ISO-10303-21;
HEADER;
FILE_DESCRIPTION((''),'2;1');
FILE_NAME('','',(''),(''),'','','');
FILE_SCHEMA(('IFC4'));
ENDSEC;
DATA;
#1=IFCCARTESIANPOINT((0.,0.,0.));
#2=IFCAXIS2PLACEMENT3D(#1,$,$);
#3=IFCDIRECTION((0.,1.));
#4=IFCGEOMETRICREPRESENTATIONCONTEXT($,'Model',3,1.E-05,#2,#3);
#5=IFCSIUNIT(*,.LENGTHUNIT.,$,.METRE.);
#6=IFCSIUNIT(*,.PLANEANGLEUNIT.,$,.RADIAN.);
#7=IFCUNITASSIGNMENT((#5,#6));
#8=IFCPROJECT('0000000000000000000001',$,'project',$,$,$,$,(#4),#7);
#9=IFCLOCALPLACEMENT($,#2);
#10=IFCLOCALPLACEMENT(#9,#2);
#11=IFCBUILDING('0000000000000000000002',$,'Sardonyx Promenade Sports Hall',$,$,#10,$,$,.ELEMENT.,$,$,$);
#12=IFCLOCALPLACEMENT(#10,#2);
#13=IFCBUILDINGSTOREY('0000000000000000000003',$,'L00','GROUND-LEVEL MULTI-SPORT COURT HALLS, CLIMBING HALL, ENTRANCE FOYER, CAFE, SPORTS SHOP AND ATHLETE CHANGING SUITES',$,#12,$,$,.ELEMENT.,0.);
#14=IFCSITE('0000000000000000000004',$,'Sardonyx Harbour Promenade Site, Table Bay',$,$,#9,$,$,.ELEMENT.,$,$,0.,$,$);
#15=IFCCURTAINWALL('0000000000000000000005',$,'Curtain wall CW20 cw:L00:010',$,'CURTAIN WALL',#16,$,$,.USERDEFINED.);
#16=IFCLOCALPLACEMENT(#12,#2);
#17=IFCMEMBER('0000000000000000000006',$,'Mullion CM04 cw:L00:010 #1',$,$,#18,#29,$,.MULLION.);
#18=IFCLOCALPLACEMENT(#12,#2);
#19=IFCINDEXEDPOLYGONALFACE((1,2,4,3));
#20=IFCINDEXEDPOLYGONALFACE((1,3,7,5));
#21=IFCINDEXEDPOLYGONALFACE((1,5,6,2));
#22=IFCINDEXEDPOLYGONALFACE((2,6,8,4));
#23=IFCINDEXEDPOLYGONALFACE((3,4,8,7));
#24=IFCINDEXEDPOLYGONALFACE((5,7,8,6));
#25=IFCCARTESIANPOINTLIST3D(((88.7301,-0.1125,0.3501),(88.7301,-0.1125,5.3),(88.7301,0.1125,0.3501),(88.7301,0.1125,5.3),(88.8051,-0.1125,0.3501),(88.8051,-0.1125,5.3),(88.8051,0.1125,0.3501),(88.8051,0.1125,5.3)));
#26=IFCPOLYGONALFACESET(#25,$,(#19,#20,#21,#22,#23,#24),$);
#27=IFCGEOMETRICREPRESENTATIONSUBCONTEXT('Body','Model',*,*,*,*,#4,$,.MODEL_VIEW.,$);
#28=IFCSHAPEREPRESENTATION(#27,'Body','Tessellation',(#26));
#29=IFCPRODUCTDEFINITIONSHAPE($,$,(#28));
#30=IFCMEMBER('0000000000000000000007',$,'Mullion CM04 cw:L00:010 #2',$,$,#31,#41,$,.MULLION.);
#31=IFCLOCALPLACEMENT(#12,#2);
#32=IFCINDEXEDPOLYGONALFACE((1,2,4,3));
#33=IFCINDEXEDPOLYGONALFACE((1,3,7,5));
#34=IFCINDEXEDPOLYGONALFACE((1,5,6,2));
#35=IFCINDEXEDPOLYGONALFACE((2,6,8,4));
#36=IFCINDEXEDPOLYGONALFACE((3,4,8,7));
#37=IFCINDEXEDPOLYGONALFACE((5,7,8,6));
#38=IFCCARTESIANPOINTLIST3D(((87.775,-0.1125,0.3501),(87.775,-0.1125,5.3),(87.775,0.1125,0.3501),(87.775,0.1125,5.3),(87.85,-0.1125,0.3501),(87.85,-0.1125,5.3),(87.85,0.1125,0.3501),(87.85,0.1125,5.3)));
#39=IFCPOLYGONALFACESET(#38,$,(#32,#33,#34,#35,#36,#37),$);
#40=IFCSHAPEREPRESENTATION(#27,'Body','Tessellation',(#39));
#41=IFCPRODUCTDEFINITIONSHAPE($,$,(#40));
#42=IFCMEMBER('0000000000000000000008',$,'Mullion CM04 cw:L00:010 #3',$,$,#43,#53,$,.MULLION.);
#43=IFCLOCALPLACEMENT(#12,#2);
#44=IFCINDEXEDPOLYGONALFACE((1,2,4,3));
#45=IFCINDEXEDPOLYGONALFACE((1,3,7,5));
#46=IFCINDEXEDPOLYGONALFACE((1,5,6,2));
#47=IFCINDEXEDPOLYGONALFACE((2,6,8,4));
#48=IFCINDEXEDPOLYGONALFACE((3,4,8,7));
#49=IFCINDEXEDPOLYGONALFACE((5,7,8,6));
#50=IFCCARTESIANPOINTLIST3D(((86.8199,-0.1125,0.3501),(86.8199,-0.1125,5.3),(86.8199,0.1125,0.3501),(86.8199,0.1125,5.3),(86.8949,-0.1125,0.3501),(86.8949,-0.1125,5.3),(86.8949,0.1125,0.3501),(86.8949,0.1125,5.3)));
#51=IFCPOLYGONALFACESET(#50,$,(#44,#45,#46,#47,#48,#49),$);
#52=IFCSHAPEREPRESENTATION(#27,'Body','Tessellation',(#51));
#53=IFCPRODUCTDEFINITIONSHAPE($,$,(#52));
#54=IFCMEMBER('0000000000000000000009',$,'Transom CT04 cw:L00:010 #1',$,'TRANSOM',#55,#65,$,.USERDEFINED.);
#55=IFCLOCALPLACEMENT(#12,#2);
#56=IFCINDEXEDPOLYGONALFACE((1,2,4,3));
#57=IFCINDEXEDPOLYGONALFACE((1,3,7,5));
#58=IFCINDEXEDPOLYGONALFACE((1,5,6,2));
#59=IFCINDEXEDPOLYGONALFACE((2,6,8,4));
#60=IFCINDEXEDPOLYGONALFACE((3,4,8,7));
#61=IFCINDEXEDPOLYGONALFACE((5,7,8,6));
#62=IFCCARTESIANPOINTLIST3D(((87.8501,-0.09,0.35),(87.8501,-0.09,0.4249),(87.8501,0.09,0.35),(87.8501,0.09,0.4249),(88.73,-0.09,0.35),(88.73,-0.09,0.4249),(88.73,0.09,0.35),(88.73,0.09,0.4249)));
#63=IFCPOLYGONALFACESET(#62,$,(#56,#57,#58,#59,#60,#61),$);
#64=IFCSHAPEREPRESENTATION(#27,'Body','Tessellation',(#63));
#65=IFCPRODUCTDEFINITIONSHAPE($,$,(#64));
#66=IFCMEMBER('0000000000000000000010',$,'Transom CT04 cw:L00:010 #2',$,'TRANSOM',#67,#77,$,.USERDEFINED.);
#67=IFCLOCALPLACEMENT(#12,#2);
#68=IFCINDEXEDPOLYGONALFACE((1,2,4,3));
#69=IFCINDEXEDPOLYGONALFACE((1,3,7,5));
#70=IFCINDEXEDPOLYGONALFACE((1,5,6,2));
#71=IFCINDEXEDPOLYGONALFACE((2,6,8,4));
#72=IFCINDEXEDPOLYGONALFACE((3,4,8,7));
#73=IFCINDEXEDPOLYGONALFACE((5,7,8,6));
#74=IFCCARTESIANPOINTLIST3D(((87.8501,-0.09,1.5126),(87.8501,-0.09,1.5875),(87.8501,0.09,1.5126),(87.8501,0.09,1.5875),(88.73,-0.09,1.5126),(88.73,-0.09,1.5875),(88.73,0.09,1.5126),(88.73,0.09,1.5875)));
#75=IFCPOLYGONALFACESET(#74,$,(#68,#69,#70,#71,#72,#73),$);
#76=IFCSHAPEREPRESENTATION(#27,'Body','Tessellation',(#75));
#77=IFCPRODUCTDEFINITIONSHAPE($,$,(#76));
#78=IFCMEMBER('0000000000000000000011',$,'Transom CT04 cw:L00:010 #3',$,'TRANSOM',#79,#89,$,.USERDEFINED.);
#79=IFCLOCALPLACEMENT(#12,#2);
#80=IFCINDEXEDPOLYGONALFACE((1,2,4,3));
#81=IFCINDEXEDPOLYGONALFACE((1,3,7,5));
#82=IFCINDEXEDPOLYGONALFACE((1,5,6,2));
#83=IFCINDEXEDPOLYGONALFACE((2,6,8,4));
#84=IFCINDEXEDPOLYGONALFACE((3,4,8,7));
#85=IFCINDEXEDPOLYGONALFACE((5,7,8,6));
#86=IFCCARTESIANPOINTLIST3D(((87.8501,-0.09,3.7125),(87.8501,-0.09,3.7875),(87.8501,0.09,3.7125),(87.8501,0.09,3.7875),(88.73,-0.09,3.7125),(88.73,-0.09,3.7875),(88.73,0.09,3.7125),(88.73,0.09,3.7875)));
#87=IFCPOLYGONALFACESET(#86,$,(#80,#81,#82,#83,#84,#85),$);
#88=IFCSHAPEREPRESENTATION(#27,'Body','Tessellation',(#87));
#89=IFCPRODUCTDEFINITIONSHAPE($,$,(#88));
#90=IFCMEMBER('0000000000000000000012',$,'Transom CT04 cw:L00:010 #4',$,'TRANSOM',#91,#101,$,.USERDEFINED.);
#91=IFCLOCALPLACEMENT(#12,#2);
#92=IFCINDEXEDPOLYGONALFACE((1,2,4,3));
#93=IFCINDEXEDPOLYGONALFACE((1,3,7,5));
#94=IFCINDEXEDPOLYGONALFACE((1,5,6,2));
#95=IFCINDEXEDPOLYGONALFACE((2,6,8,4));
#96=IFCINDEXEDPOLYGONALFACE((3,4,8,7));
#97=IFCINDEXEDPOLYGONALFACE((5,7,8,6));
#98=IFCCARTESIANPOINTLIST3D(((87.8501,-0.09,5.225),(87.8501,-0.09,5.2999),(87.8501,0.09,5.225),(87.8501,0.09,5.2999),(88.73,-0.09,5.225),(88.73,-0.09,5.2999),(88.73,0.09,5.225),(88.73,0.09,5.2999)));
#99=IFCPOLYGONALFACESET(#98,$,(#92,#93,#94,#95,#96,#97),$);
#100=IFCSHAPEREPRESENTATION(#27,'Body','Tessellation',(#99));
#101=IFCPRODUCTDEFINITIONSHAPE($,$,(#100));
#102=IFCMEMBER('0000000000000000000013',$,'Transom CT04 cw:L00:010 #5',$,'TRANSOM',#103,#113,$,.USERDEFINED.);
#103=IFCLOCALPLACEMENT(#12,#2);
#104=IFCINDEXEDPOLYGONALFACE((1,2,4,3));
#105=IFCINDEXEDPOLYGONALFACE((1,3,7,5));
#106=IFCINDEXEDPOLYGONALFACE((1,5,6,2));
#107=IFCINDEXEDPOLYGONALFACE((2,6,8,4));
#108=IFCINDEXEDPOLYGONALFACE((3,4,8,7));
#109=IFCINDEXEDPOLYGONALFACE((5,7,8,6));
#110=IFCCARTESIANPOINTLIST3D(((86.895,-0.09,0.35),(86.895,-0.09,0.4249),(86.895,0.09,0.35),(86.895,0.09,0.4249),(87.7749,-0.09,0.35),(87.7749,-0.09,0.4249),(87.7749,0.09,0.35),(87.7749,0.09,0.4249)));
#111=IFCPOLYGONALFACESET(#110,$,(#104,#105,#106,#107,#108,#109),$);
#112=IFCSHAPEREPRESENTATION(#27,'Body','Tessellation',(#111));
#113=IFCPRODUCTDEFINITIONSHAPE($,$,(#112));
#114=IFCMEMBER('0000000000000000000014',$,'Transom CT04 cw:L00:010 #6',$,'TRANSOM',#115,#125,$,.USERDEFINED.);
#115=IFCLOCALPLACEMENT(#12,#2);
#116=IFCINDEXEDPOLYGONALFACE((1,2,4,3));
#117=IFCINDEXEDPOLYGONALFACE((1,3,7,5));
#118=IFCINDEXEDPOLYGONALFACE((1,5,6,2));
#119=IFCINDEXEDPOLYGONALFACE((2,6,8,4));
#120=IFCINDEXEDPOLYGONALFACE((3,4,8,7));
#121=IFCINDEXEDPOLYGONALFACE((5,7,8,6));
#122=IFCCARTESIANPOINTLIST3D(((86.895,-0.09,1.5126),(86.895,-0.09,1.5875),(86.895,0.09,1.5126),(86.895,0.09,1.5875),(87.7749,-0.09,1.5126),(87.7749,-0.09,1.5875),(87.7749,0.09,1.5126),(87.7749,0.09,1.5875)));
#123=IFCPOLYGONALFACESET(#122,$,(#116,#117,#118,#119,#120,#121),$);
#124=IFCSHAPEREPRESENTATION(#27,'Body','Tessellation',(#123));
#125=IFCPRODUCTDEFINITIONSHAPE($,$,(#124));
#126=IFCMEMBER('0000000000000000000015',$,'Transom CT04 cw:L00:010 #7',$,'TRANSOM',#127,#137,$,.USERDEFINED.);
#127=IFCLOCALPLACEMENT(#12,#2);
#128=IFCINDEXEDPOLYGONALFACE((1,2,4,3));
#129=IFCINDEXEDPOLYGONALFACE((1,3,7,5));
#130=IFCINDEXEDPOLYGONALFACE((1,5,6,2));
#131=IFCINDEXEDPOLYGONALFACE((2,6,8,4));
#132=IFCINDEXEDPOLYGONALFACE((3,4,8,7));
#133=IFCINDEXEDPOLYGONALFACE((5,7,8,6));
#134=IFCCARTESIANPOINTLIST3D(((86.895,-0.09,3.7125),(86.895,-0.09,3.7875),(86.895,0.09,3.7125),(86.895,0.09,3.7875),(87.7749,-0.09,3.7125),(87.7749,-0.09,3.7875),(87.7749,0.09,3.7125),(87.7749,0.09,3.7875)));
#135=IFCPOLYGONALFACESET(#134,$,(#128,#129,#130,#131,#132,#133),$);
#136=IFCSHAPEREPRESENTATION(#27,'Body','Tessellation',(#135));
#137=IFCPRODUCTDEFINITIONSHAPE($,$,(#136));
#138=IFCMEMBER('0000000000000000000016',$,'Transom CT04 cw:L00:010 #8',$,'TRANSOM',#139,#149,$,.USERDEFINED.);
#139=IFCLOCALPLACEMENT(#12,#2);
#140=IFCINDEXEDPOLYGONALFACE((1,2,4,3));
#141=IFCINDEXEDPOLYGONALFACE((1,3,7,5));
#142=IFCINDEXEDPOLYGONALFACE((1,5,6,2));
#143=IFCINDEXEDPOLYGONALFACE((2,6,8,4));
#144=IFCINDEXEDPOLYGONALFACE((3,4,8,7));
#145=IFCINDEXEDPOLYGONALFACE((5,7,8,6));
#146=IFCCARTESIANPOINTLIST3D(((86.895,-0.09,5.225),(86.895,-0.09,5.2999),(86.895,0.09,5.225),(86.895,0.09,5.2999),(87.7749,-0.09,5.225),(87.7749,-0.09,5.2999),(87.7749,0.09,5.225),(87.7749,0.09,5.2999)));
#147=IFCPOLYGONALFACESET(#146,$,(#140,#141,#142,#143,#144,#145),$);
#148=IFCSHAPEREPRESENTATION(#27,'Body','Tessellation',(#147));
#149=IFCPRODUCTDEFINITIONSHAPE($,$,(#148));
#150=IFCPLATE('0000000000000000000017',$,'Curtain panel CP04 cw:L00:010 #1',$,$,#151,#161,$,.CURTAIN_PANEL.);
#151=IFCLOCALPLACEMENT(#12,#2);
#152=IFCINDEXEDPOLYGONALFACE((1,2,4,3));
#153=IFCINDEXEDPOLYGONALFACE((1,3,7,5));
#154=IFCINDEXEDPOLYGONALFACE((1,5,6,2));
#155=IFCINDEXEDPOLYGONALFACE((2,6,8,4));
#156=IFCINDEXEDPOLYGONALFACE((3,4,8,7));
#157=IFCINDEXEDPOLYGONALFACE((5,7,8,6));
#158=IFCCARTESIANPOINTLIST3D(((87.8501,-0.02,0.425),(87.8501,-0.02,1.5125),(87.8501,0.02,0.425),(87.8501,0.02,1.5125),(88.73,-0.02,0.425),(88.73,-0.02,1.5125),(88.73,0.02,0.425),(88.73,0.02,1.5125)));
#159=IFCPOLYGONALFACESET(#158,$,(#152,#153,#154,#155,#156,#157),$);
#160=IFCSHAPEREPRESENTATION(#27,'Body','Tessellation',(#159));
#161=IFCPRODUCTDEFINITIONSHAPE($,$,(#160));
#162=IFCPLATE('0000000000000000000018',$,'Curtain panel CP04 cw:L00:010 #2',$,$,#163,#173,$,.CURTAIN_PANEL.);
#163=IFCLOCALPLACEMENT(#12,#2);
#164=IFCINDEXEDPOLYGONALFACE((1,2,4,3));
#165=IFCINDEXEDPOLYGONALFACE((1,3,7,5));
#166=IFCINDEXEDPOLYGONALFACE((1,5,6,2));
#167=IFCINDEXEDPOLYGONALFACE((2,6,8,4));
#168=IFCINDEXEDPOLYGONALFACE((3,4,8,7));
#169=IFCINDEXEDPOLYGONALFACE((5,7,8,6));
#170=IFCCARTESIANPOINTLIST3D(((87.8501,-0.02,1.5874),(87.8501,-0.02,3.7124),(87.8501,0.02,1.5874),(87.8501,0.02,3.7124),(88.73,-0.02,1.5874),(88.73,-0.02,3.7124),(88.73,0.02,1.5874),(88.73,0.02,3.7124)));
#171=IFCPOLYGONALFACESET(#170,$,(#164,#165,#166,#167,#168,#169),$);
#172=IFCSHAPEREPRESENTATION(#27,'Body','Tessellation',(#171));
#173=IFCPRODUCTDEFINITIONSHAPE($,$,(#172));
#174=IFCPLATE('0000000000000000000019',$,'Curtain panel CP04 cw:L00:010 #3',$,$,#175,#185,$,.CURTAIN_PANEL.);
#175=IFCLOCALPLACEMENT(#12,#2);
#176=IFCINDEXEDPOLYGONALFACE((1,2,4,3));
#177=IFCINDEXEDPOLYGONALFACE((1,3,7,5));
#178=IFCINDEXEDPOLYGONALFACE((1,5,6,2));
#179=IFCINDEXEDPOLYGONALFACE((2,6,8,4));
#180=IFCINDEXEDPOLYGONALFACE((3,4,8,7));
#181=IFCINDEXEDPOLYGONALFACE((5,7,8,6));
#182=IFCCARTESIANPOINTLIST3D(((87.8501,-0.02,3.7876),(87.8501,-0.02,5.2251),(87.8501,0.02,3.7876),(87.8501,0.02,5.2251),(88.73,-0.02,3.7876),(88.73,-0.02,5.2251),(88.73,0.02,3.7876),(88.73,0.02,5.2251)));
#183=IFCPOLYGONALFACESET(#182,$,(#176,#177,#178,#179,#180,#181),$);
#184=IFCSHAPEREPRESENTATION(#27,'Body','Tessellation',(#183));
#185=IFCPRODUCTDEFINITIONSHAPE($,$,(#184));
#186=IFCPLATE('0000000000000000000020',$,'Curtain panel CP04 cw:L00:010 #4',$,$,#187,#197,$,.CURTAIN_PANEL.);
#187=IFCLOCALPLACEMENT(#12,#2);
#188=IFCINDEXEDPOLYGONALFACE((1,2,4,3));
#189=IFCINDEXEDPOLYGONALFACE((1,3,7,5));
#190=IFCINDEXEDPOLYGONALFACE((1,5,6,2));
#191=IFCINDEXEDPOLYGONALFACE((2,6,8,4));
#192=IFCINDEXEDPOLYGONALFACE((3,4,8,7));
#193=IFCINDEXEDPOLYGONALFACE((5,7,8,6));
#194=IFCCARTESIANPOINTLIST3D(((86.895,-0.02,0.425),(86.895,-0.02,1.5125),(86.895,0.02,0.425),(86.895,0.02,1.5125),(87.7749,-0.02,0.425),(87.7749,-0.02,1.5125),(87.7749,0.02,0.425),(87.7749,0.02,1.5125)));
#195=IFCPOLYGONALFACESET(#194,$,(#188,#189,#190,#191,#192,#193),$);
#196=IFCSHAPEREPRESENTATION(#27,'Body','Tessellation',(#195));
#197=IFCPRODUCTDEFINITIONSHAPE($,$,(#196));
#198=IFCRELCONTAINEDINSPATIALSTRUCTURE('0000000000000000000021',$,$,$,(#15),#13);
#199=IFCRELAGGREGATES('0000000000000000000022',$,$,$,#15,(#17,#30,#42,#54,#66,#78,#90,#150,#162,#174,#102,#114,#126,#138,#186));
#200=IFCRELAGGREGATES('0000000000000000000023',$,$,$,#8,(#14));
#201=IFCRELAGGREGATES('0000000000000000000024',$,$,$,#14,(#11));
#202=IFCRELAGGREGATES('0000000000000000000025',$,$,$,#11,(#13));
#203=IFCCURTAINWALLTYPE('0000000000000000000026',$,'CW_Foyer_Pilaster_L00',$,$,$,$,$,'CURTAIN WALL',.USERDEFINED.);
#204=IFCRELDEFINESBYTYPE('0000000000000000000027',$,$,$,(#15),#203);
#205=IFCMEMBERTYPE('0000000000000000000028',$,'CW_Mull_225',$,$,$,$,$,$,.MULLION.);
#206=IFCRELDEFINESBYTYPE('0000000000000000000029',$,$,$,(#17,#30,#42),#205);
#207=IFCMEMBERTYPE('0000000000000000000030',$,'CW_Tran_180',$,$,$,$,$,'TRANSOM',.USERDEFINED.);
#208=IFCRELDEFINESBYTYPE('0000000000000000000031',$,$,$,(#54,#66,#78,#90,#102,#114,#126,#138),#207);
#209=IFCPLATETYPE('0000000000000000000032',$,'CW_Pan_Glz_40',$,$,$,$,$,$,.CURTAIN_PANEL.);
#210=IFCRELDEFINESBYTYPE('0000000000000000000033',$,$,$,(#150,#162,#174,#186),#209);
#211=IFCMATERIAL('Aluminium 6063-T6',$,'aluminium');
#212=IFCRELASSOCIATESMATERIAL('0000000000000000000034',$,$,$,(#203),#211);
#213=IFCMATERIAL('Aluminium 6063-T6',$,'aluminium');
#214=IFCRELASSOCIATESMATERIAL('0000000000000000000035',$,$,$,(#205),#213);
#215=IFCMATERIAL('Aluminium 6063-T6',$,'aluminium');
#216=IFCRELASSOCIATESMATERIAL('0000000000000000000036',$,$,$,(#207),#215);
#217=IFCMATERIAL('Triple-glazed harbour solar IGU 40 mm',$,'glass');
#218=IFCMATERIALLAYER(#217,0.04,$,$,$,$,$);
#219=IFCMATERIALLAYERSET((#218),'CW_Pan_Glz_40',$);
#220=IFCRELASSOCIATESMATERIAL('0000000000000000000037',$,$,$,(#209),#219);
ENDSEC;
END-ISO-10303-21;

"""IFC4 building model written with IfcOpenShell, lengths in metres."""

from ifc_helpers import new_model, si_unit, direction, frame, origin, origin_2d, place, context, subcontext, project, spatial, rectangle, extrude, material, layer, layer_set, material_profile, profile_set, type_object, element, aggregate, save


model = new_model("IFC4")

# Units and contexts
model_context = context("Model", 3, precision=1e-05, world=origin(), true_north=direction((0.0, 1.0)))
body_context = subcontext(model_context, "Body", "Model", "MODEL_VIEW")
ifc_project = project(units=[si_unit("LENGTHUNIT", "METRE"), si_unit("PLANEANGLEUNIT", "RADIAN")], contexts=[model_context])

# Site, building, storey
site_placement = place(None, origin())
site = spatial("IfcSite", under=ifc_project, at=site_placement, Name="Sardonyx Harbour Promenade Site, Table Bay", CompositionType="ELEMENT", RefElevation=0.0)
building_placement = place(site_placement, origin())
building = spatial("IfcBuilding", under=site, at=building_placement, Name="Sardonyx Promenade Sports Hall", CompositionType="ELEMENT")
storey_placement = place(building_placement, origin())
storey = spatial("IfcBuildingStorey", under=building, at=storey_placement, Name="L00", Description="GROUND-LEVEL MULTI-SPORT COURT HALLS, CLIMBING HALL, ENTRANCE FOYER, CAFE, SPORTS SHOP AND ATHLETE CHANGING SUITES", CompositionType="ELEMENT", Elevation=0.0)

# Curtain wall, members, plates
ifc_material_1 = material(Name="Aluminium 6063-T6", Category="aluminium")
curtain_wall_type = type_object("IfcCurtainWallType", Name="CW_Foyer_Pilaster_L00", ElementType="CURTAIN WALL", PredefinedType="USERDEFINED", material=ifc_material_1)
curtain_wall_placement = place(storey_placement, origin())
curtain_wall = element("IfcCurtainWall", 1, at=curtain_wall_placement, inside=storey, type_object=curtain_wall_type, Name="Curtain wall CW20 cw:L00:010", ObjectType="CURTAIN WALL", PredefinedType="USERDEFINED")
ifc_material_2 = material(Name="Aluminium 6063-T6", Category="aluminium")
ifc_material_profile_1 = material_profile(ifc_material_2, rectangle(XDim=0.075, YDim=0.2251, at=origin_2d()))
ifc_profile_set_1 = profile_set([ifc_material_profile_1], Name="Aluminium 6063-T6")
member_type_1 = type_object("IfcMemberType", Name="CW_Mull_225", PredefinedType="MULLION", material=ifc_profile_set_1)
member_1_placement = place(storey_placement, frame((88.7676, 0.0, 0.3501), z_axis=(0.0, 0.0, 1.0), x_axis=(-1.0, 0.0, 0.0)))
member_1 = element("IfcMember", 2, at=member_1_placement, type_object=member_type_1, Name="Mullion CM04 cw:L00:010 #1", PredefinedType="MULLION", context=body_context, shape_type="SweptSolid", body=[
    extrude(rectangle(XDim=0.075, YDim=0.2251, at=origin_2d()), origin(), (0.0, 0.0, 1.0), 4.95),
])
member_2_placement = place(storey_placement, frame((87.8125, 0.0, 0.3501), z_axis=(0.0, 0.0, 1.0), x_axis=(-1.0, 0.0, 0.0)))
member_2 = element("IfcMember", 3, at=member_2_placement, type_object=member_type_1, Name="Mullion CM04 cw:L00:010 #2", PredefinedType="MULLION", context=body_context, shape_type="SweptSolid", body=[
    extrude(rectangle(XDim=0.075, YDim=0.2251, at=origin_2d()), origin(), (0.0, 0.0, 1.0), 4.95),
])
member_3_placement = place(storey_placement, frame((86.8574, 0.0, 0.3501), z_axis=(0.0, 0.0, 1.0), x_axis=(-1.0, 0.0, 0.0)))
member_3 = element("IfcMember", 4, at=member_3_placement, type_object=member_type_1, Name="Mullion CM04 cw:L00:010 #3", PredefinedType="MULLION", context=body_context, shape_type="SweptSolid", body=[
    extrude(rectangle(XDim=0.075, YDim=0.2251, at=origin_2d()), origin(), (0.0, 0.0, 1.0), 4.95),
])
ifc_material_3 = material(Name="Aluminium 6063-T6", Category="aluminium")
ifc_material_profile_2 = material_profile(ifc_material_3, rectangle(XDim=0.075, YDim=0.1799, at=origin_2d()))
ifc_profile_set_2 = profile_set([ifc_material_profile_2], Name="Aluminium 6063-T6")
member_type_2 = type_object("IfcMemberType", Name="CW_Tran_180", ElementType="TRANSOM", PredefinedType="USERDEFINED", material=ifc_profile_set_2)
member_4_placement = place(storey_placement, frame((88.73, 0.0, 0.3875), z_axis=(-1.0, 0.0, 0.0), x_axis=(0.0, 0.0, 1.0)))
member_4 = element("IfcMember", 5, at=member_4_placement, type_object=member_type_2, Name="Transom CT04 cw:L00:010 #1", ObjectType="TRANSOM", PredefinedType="USERDEFINED", context=body_context, shape_type="SweptSolid", body=[
    extrude(rectangle(XDim=0.075, YDim=0.1799, at=origin_2d()), origin(), (0.0, 0.0, 1.0), 0.8799),
])
member_5_placement = place(storey_placement, frame((88.73, 0.0, 1.55), z_axis=(-1.0, 0.0, 0.0), x_axis=(0.0, 0.0, 1.0)))
member_5 = element("IfcMember", 6, at=member_5_placement, type_object=member_type_2, Name="Transom CT04 cw:L00:010 #2", ObjectType="TRANSOM", PredefinedType="USERDEFINED", context=body_context, shape_type="SweptSolid", body=[
    extrude(rectangle(XDim=0.075, YDim=0.1799, at=origin_2d()), origin(), (0.0, 0.0, 1.0), 0.8799),
])
member_6_placement = place(storey_placement, frame((88.73, 0.0, 3.75), z_axis=(-1.0, 0.0, 0.0), x_axis=(0.0, 0.0, 1.0)))
member_6 = element("IfcMember", 7, at=member_6_placement, type_object=member_type_2, Name="Transom CT04 cw:L00:010 #3", ObjectType="TRANSOM", PredefinedType="USERDEFINED", context=body_context, shape_type="SweptSolid", body=[
    extrude(rectangle(XDim=0.075, YDim=0.1799, at=origin_2d()), origin(), (0.0, 0.0, 1.0), 0.8799),
])
member_7_placement = place(storey_placement, frame((88.73, 0.0, 5.2625), z_axis=(-1.0, 0.0, 0.0), x_axis=(0.0, 0.0, 1.0)))
member_7 = element("IfcMember", 8, at=member_7_placement, type_object=member_type_2, Name="Transom CT04 cw:L00:010 #4", ObjectType="TRANSOM", PredefinedType="USERDEFINED", context=body_context, shape_type="SweptSolid", body=[
    extrude(rectangle(XDim=0.075, YDim=0.1799, at=origin_2d()), origin(), (0.0, 0.0, 1.0), 0.8799),
])
member_8_placement = place(storey_placement, frame((87.7749, 0.0, 0.3875), z_axis=(-1.0, 0.0, 0.0), x_axis=(0.0, 0.0, 1.0)))
member_8 = element("IfcMember", 9, at=member_8_placement, type_object=member_type_2, Name="Transom CT04 cw:L00:010 #5", ObjectType="TRANSOM", PredefinedType="USERDEFINED", context=body_context, shape_type="SweptSolid", body=[
    extrude(rectangle(XDim=0.075, YDim=0.1799, at=origin_2d()), origin(), (0.0, 0.0, 1.0), 0.8799),
])
member_9_placement = place(storey_placement, frame((87.7749, 0.0, 1.55), z_axis=(-1.0, 0.0, 0.0), x_axis=(0.0, 0.0, 1.0)))
member_9 = element("IfcMember", 10, at=member_9_placement, type_object=member_type_2, Name="Transom CT04 cw:L00:010 #6", ObjectType="TRANSOM", PredefinedType="USERDEFINED", context=body_context, shape_type="SweptSolid", body=[
    extrude(rectangle(XDim=0.075, YDim=0.1799, at=origin_2d()), origin(), (0.0, 0.0, 1.0), 0.8799),
])
member_10_placement = place(storey_placement, frame((87.7749, 0.0, 3.75), z_axis=(-1.0, 0.0, 0.0), x_axis=(0.0, 0.0, 1.0)))
member_10 = element("IfcMember", 11, at=member_10_placement, type_object=member_type_2, Name="Transom CT04 cw:L00:010 #7", ObjectType="TRANSOM", PredefinedType="USERDEFINED", context=body_context, shape_type="SweptSolid", body=[
    extrude(rectangle(XDim=0.075, YDim=0.1799, at=origin_2d()), origin(), (0.0, 0.0, 1.0), 0.8799),
])
member_11_placement = place(storey_placement, frame((87.7749, 0.0, 5.2625), z_axis=(-1.0, 0.0, 0.0), x_axis=(0.0, 0.0, 1.0)))
member_11 = element("IfcMember", 12, at=member_11_placement, type_object=member_type_2, Name="Transom CT04 cw:L00:010 #8", ObjectType="TRANSOM", PredefinedType="USERDEFINED", context=body_context, shape_type="SweptSolid", body=[
    extrude(rectangle(XDim=0.075, YDim=0.1799, at=origin_2d()), origin(), (0.0, 0.0, 1.0), 0.8799),
])
ifc_material_4 = material(Name="Triple-glazed harbour solar IGU 40 mm", Category="glass")
ifc_layer_1 = layer(ifc_material_4, 0.04)
ifc_layer_set_1 = layer_set([ifc_layer_1], Name="CW_Pan_Glz_40")
plate_type = type_object("IfcPlateType", Name="CW_Pan_Glz_40", PredefinedType="CURTAIN_PANEL", material=ifc_layer_set_1)
plate_1_placement = place(storey_placement, frame((88.29, 0.0, 0.425), z_axis=(0.0, 0.0, 1.0), x_axis=(-1.0, 0.0, 0.0)))
plate_1 = element("IfcPlate", 13, at=plate_1_placement, type_object=plate_type, Name="Curtain panel CP04 cw:L00:010 #1", PredefinedType="CURTAIN_PANEL", context=body_context, shape_type="SweptSolid", body=[
    extrude(rectangle(XDim=0.8799, YDim=0.04, at=origin_2d()), origin(), (0.0, 0.0, 1.0), 1.0874),
])
plate_2_placement = place(storey_placement, frame((88.29, 0.0, 1.5874), z_axis=(0.0, 0.0, 1.0), x_axis=(-1.0, 0.0, 0.0)))
plate_2 = element("IfcPlate", 14, at=plate_2_placement, type_object=plate_type, Name="Curtain panel CP04 cw:L00:010 #2", PredefinedType="CURTAIN_PANEL", context=body_context, shape_type="SweptSolid", body=[
    extrude(rectangle(XDim=0.8799, YDim=0.04, at=origin_2d()), origin(), (0.0, 0.0, 1.0), 2.125),
])
plate_3_placement = place(storey_placement, frame((88.29, 0.0, 3.7876), z_axis=(0.0, 0.0, 1.0), x_axis=(-1.0, 0.0, 0.0)))
plate_3 = element("IfcPlate", 15, at=plate_3_placement, type_object=plate_type, Name="Curtain panel CP04 cw:L00:010 #3", PredefinedType="CURTAIN_PANEL", context=body_context, shape_type="SweptSolid", body=[
    extrude(rectangle(XDim=0.8799, YDim=0.04, at=origin_2d()), origin(), (0.0, 0.0, 1.0), 1.4375),
])
plate_4_placement = place(storey_placement, frame((87.335, 0.0, 0.425), z_axis=(0.0, 0.0, 1.0), x_axis=(-1.0, 0.0, 0.0)))
plate_4 = element("IfcPlate", 16, at=plate_4_placement, type_object=plate_type, Name="Curtain panel CP04 cw:L00:010 #4", PredefinedType="CURTAIN_PANEL", context=body_context, shape_type="SweptSolid", body=[
    extrude(rectangle(XDim=0.8799, YDim=0.04, at=origin_2d()), origin(), (0.0, 0.0, 1.0), 1.0874),
])
aggregate(curtain_wall, [member_1, member_2, member_3, member_4, member_5, member_6, member_7, plate_1, plate_2, plate_3, member_8, member_9, member_10, member_11, plate_4])

save(model, "model.ifc")
